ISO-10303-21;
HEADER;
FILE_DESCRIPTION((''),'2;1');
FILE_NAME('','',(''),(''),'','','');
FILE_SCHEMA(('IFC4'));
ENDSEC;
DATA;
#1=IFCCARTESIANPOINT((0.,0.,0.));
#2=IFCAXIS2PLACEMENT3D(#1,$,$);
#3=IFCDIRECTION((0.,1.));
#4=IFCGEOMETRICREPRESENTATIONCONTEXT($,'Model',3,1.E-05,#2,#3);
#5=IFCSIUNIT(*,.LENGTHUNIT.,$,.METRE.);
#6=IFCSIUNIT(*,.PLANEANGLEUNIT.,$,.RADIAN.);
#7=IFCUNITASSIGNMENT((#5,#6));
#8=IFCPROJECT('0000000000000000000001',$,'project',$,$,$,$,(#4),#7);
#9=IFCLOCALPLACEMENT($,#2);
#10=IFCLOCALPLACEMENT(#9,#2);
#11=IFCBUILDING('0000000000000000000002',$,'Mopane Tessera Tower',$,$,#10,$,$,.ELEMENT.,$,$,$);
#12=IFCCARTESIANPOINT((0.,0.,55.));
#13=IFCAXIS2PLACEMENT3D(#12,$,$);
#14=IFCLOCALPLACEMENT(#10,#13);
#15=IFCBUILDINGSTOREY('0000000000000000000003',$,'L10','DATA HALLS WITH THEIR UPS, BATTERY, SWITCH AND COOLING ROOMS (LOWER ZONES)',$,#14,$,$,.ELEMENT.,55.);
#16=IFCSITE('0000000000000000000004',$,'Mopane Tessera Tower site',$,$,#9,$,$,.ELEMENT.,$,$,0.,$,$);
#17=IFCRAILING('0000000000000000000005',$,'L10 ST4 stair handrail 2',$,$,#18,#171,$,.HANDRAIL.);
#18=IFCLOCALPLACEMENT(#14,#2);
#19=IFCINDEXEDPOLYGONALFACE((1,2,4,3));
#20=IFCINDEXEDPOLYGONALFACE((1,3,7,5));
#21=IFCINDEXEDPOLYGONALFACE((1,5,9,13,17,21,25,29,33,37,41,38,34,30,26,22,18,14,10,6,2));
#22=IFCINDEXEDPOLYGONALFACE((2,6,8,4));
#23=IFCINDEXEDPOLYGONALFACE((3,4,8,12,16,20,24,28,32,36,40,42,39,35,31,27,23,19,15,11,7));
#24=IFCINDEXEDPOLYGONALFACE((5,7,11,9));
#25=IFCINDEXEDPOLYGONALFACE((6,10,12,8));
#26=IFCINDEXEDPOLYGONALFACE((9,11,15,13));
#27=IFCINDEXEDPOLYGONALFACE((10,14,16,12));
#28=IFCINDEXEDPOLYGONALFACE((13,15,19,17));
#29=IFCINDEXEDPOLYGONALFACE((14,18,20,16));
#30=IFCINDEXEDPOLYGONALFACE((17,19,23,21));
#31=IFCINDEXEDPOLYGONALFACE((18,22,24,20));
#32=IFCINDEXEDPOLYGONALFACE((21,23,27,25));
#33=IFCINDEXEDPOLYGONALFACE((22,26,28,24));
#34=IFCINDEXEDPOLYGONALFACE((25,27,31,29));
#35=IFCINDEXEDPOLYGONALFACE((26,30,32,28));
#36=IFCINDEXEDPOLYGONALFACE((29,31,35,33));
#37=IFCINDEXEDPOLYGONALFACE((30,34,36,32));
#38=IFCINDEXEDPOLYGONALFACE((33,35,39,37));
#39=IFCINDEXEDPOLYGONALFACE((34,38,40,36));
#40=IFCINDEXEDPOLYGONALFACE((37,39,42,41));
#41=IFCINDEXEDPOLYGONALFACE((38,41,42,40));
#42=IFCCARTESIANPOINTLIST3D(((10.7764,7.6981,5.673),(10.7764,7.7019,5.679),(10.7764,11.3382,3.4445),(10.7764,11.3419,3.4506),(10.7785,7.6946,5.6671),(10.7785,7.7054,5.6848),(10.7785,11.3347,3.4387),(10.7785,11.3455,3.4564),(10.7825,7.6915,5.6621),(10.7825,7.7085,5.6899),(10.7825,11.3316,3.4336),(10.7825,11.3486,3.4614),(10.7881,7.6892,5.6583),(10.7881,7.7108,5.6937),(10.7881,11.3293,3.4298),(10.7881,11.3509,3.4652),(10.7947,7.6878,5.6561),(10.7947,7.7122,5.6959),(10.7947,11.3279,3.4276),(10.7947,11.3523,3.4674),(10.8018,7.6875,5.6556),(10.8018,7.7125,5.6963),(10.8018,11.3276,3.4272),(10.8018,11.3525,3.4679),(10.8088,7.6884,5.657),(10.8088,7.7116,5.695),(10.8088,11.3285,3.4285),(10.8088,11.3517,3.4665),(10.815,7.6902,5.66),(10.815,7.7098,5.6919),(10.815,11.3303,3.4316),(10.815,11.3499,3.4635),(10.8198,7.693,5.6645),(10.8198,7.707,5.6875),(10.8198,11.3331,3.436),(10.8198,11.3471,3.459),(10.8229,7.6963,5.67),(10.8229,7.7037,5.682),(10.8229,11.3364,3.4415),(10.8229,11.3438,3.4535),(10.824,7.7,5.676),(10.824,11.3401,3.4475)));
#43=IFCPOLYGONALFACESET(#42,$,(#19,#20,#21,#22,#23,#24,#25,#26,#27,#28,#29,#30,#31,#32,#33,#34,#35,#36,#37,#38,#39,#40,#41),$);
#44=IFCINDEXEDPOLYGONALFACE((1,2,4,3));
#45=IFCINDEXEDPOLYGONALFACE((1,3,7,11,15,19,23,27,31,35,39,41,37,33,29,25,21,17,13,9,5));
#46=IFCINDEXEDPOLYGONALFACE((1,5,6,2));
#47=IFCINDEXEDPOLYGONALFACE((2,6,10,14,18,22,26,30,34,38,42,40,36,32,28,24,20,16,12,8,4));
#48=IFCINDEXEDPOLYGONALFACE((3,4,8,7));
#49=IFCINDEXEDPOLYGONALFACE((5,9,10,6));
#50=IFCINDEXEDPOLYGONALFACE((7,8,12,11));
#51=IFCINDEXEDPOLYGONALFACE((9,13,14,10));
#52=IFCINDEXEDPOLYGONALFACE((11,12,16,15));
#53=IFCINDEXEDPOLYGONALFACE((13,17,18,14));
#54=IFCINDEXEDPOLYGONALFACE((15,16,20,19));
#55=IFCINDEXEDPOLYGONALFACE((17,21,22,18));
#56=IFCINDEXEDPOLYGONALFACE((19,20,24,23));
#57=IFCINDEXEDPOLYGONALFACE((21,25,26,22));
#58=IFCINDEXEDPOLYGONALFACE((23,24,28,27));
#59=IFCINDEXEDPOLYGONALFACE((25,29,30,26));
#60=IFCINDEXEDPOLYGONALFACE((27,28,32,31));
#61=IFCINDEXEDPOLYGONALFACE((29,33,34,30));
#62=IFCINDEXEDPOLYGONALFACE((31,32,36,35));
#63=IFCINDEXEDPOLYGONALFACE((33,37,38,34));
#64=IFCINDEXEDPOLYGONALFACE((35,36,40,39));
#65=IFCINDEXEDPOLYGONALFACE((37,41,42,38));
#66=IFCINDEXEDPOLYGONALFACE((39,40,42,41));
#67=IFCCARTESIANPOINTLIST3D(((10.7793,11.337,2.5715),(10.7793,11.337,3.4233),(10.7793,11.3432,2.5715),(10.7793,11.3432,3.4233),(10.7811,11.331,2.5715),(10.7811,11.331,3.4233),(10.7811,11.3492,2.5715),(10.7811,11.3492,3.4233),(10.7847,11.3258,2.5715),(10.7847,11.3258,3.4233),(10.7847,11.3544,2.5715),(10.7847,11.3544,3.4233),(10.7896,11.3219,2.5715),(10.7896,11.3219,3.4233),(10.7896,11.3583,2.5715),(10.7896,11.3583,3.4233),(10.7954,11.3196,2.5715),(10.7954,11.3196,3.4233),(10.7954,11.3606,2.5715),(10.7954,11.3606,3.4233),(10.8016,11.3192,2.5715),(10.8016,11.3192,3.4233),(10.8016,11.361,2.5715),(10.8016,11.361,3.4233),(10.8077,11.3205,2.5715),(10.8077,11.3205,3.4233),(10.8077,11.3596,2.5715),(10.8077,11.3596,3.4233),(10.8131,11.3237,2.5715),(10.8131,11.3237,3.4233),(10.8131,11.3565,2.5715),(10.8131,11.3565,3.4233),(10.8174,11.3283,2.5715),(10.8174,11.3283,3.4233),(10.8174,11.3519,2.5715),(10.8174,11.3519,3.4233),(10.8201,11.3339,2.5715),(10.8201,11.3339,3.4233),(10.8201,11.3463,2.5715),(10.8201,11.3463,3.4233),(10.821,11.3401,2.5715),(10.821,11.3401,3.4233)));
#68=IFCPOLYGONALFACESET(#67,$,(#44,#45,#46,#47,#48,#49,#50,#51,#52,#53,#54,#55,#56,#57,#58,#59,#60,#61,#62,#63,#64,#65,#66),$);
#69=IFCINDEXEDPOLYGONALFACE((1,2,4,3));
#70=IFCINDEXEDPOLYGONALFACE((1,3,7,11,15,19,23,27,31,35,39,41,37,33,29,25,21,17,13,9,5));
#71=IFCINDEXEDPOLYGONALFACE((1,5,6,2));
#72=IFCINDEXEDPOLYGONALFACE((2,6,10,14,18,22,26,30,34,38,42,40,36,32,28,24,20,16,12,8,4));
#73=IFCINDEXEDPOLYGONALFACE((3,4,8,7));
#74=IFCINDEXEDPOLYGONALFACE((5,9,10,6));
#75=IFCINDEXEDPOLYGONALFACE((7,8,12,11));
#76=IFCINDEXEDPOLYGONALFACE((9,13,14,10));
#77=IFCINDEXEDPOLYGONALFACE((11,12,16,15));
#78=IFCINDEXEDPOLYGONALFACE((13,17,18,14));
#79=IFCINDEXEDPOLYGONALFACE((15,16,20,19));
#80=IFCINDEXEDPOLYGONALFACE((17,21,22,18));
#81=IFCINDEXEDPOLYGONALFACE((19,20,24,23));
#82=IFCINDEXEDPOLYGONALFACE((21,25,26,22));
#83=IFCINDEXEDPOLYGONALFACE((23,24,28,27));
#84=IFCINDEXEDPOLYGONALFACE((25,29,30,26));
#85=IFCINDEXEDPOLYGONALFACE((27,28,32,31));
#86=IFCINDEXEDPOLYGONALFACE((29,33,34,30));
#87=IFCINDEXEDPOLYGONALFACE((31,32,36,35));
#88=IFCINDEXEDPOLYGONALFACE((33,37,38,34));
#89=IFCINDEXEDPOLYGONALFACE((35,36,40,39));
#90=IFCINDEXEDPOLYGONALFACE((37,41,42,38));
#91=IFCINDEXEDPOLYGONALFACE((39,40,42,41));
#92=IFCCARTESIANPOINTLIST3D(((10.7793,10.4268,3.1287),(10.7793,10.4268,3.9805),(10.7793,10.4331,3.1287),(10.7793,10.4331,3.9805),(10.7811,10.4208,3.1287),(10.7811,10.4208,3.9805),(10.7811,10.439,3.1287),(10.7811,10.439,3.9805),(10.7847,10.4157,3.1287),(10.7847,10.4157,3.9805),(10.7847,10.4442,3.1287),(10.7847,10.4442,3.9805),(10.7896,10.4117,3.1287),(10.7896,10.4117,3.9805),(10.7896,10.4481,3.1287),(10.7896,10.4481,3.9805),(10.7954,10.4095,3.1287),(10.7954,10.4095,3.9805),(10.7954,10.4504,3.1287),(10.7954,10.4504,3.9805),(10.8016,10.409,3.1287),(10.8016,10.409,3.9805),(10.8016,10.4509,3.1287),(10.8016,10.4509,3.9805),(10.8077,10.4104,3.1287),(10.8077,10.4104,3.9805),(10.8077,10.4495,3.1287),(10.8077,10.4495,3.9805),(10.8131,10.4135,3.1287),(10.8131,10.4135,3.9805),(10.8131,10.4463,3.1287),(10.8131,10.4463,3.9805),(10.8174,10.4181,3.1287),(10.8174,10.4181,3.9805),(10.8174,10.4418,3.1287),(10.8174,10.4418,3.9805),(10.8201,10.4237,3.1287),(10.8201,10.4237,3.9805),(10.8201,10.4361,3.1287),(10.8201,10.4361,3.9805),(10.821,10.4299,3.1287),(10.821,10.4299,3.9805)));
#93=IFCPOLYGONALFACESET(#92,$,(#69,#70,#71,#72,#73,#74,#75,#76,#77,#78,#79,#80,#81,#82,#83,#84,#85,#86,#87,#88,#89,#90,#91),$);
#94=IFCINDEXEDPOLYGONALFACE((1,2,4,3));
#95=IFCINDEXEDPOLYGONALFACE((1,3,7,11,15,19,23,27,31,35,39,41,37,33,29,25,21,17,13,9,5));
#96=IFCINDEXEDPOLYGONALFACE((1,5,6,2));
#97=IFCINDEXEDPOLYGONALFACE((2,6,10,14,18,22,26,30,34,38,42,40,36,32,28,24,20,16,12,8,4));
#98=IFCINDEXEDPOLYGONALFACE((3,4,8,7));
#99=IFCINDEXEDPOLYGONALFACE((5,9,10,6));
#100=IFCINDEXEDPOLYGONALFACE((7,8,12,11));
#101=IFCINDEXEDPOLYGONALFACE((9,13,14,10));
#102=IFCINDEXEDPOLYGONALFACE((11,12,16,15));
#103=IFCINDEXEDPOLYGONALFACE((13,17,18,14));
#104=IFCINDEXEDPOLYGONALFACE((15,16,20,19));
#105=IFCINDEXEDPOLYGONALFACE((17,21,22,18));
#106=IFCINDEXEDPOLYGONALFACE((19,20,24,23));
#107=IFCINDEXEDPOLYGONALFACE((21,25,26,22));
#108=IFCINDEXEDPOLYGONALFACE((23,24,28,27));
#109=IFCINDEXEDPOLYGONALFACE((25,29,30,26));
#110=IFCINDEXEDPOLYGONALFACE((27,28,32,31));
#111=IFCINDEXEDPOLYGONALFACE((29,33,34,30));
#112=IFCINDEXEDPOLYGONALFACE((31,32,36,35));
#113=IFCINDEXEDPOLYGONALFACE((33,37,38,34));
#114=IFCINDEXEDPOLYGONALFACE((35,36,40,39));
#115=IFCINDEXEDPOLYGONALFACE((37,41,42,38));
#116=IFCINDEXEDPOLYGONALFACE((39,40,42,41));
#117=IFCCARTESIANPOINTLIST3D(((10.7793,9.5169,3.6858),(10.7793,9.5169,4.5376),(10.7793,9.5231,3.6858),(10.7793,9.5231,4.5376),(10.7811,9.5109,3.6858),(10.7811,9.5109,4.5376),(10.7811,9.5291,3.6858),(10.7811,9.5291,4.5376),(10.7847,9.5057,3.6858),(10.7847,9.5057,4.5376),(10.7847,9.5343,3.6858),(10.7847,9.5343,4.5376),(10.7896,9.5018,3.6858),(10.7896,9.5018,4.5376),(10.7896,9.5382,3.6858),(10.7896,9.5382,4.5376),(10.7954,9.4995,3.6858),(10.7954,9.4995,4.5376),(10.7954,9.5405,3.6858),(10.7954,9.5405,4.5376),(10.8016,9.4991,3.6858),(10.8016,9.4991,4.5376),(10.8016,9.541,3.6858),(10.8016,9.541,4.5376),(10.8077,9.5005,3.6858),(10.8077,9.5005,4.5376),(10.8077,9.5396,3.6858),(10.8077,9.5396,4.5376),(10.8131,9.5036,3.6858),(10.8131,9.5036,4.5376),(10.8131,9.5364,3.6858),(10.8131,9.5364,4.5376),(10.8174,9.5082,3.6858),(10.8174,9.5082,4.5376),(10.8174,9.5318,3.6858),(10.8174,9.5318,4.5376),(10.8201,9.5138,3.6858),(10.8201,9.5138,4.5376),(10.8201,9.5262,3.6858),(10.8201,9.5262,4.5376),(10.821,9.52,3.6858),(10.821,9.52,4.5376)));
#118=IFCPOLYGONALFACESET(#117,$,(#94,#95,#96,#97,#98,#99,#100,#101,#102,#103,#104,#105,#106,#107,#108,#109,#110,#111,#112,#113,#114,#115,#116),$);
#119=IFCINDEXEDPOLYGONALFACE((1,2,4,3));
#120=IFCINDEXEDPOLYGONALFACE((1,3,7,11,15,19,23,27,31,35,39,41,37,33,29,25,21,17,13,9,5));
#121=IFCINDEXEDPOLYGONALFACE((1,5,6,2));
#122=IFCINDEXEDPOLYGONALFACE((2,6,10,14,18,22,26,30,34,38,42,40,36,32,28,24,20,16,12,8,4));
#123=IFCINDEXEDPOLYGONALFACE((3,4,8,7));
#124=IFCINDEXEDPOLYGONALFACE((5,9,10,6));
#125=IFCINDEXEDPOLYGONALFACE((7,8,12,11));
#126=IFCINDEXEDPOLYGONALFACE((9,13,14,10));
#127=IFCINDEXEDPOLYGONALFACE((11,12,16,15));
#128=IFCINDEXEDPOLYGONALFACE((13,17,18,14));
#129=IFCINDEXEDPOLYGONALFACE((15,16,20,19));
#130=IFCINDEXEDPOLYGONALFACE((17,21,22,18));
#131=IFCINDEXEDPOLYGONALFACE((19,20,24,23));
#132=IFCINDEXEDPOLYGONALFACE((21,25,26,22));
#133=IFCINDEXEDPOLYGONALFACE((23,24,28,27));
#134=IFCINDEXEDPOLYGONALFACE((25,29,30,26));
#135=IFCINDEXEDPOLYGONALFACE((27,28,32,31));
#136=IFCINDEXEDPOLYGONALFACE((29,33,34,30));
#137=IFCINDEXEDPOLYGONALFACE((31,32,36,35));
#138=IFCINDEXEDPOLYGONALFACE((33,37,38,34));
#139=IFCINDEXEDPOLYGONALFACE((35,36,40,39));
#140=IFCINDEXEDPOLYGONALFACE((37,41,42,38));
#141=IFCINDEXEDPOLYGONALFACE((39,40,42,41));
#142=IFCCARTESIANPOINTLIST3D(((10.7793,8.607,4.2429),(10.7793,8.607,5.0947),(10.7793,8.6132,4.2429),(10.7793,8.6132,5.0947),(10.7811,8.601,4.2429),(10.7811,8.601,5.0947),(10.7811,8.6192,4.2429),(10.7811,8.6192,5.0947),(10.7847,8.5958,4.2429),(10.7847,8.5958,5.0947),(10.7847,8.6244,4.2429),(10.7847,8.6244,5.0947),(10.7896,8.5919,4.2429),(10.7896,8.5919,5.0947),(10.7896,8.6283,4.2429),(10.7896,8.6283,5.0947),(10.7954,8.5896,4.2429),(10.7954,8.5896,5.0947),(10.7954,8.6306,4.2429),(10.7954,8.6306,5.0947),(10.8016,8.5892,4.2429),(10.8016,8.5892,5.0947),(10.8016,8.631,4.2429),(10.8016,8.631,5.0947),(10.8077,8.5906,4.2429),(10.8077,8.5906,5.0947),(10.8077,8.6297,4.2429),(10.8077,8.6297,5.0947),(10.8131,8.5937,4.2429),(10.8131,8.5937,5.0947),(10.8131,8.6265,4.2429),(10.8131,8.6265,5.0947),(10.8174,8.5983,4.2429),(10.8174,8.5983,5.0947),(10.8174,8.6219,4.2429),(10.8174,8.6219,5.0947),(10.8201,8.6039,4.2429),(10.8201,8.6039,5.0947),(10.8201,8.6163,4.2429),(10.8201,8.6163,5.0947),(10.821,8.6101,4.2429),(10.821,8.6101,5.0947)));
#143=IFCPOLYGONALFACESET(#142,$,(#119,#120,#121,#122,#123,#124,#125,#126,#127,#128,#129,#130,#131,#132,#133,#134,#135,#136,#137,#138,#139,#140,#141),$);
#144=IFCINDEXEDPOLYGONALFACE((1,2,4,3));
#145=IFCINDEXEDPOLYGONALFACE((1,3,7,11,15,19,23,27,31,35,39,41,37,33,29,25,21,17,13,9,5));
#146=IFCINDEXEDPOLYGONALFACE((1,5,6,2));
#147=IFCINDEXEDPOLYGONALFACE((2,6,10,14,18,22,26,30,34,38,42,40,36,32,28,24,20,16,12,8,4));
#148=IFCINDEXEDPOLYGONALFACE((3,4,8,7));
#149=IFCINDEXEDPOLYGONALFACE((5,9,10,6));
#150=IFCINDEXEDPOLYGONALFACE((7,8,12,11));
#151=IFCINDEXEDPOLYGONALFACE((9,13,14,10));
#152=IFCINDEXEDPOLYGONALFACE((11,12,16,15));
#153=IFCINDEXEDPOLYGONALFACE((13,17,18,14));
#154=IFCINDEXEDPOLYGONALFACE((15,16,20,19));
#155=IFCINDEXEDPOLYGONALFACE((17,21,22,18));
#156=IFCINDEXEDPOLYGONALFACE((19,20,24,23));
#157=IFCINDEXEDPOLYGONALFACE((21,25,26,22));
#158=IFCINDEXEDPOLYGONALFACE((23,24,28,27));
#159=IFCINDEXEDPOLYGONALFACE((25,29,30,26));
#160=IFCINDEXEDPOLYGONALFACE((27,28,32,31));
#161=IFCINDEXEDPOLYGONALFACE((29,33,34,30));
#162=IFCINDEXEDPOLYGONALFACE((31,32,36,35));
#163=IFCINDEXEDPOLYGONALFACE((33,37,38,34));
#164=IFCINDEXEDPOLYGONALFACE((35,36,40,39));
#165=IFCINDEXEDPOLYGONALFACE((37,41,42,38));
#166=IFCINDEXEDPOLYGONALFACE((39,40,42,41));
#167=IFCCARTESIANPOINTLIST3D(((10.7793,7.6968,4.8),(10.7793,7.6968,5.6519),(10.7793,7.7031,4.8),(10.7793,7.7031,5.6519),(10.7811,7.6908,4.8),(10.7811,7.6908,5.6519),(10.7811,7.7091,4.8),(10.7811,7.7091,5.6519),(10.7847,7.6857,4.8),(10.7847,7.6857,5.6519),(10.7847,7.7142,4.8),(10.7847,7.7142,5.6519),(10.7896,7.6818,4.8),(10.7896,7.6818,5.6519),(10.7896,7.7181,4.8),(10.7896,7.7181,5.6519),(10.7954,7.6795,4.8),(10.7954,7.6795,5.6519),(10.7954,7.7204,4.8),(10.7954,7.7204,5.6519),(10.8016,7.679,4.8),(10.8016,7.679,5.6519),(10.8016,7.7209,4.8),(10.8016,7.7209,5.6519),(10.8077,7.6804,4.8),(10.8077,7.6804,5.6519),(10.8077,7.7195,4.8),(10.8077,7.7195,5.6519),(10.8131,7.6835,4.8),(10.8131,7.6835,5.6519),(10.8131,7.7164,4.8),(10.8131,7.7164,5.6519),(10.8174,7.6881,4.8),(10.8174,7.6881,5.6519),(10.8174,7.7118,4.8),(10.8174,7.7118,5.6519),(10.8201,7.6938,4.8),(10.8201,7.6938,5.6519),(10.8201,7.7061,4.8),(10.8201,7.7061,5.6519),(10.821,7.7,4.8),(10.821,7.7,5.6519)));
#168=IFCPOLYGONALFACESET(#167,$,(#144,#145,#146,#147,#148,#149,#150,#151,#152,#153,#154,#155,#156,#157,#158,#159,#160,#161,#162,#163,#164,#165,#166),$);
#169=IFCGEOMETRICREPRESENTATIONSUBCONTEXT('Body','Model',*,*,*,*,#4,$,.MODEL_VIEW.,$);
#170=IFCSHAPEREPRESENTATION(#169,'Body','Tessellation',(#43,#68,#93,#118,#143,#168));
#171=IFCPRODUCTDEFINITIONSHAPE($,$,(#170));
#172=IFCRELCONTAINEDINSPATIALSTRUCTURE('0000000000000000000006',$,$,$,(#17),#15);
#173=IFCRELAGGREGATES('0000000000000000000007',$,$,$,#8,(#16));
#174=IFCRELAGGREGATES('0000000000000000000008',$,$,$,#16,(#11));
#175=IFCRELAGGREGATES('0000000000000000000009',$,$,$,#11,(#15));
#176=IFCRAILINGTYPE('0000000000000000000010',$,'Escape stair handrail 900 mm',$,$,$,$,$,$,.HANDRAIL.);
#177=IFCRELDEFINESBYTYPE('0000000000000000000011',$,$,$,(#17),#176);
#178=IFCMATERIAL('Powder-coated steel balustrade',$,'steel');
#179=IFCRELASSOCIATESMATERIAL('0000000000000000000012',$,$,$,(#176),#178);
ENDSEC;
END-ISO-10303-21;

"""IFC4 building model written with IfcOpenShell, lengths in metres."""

from ifc_helpers import new_model, si_unit, direction, frame, origin, origin_2d, place, context, subcontext, project, spatial, circle, extrude, material, type_object, element, save


model = new_model("IFC4")

# Units and contexts
model_context = context("Model", 3, precision=1e-05, world=origin(), true_north=direction((0.0, 1.0)))
body_context = subcontext(model_context, "Body", "Model", "MODEL_VIEW")
ifc_project = project(units=[si_unit("LENGTHUNIT", "METRE"), si_unit("PLANEANGLEUNIT", "RADIAN")], contexts=[model_context])

# Site, building, storey
site_placement = place(None, origin())
site = spatial("IfcSite", under=ifc_project, at=site_placement, Name="Mopane Tessera Tower site", CompositionType="ELEMENT", RefElevation=0.0)
building_placement = place(site_placement, origin())
building = spatial("IfcBuilding", under=site, at=building_placement, Name="Mopane Tessera Tower", CompositionType="ELEMENT")
storey_placement = place(building_placement, frame((0.0, 0.0, 55.0)))
storey = spatial("IfcBuildingStorey", under=building, at=storey_placement, Name="L10", Description="DATA HALLS WITH THEIR UPS, BATTERY, SWITCH AND COOLING ROOMS (LOWER ZONES)", CompositionType="ELEMENT", Elevation=55.0)

# Railing
ifc_material_1 = material(Name="Powder-coated steel balustrade", Category="steel")
railing_type_1 = type_object("IfcRailingType", Name="Escape stair handrail 900 mm", PredefinedType="HANDRAIL", material=ifc_material_1)
railing_1_placement = place(storey_placement, frame((10.8, 11.3401, 2.5715)))
element("IfcRailing", 1, at=railing_1_placement, inside=storey, type_object=railing_type_1, Name="L10 ST4 stair handrail 2", PredefinedType="HANDRAIL", context=body_context, shape_type="SweptSolid", body=[
    extrude(circle(Radius=0.0239, at=origin_2d()), frame((0.0, 0.0, 0.876), z_axis=(0.0, -0.852866, 0.52213), x_axis=(1.0, 0.0, 0.0)), (0.0, 0.0, 1.0), 4.2681),
    extrude(circle(Radius=0.021, at=origin_2d()), origin(), (0.0, 0.0, 1.0), 0.8518),
    extrude(circle(Radius=0.021, at=origin_2d()), frame((0.0, -0.9102, 0.5571)), (0.0, 0.0, 1.0), 0.8518),
    extrude(circle(Radius=0.021, at=origin_2d()), frame((0.0, -1.8201, 1.1143)), (0.0, 0.0, 1.0), 0.8518),
    extrude(circle(Radius=0.021, at=origin_2d()), frame((0.0, -2.73, 1.6714)), (0.0, 0.0, 1.0), 0.8518),
    extrude(circle(Radius=0.021, at=origin_2d()), frame((0.0, -3.6401, 2.2285)), (0.0, 0.0, 1.0), 0.8518),
])

save(model, "model.ifc")
